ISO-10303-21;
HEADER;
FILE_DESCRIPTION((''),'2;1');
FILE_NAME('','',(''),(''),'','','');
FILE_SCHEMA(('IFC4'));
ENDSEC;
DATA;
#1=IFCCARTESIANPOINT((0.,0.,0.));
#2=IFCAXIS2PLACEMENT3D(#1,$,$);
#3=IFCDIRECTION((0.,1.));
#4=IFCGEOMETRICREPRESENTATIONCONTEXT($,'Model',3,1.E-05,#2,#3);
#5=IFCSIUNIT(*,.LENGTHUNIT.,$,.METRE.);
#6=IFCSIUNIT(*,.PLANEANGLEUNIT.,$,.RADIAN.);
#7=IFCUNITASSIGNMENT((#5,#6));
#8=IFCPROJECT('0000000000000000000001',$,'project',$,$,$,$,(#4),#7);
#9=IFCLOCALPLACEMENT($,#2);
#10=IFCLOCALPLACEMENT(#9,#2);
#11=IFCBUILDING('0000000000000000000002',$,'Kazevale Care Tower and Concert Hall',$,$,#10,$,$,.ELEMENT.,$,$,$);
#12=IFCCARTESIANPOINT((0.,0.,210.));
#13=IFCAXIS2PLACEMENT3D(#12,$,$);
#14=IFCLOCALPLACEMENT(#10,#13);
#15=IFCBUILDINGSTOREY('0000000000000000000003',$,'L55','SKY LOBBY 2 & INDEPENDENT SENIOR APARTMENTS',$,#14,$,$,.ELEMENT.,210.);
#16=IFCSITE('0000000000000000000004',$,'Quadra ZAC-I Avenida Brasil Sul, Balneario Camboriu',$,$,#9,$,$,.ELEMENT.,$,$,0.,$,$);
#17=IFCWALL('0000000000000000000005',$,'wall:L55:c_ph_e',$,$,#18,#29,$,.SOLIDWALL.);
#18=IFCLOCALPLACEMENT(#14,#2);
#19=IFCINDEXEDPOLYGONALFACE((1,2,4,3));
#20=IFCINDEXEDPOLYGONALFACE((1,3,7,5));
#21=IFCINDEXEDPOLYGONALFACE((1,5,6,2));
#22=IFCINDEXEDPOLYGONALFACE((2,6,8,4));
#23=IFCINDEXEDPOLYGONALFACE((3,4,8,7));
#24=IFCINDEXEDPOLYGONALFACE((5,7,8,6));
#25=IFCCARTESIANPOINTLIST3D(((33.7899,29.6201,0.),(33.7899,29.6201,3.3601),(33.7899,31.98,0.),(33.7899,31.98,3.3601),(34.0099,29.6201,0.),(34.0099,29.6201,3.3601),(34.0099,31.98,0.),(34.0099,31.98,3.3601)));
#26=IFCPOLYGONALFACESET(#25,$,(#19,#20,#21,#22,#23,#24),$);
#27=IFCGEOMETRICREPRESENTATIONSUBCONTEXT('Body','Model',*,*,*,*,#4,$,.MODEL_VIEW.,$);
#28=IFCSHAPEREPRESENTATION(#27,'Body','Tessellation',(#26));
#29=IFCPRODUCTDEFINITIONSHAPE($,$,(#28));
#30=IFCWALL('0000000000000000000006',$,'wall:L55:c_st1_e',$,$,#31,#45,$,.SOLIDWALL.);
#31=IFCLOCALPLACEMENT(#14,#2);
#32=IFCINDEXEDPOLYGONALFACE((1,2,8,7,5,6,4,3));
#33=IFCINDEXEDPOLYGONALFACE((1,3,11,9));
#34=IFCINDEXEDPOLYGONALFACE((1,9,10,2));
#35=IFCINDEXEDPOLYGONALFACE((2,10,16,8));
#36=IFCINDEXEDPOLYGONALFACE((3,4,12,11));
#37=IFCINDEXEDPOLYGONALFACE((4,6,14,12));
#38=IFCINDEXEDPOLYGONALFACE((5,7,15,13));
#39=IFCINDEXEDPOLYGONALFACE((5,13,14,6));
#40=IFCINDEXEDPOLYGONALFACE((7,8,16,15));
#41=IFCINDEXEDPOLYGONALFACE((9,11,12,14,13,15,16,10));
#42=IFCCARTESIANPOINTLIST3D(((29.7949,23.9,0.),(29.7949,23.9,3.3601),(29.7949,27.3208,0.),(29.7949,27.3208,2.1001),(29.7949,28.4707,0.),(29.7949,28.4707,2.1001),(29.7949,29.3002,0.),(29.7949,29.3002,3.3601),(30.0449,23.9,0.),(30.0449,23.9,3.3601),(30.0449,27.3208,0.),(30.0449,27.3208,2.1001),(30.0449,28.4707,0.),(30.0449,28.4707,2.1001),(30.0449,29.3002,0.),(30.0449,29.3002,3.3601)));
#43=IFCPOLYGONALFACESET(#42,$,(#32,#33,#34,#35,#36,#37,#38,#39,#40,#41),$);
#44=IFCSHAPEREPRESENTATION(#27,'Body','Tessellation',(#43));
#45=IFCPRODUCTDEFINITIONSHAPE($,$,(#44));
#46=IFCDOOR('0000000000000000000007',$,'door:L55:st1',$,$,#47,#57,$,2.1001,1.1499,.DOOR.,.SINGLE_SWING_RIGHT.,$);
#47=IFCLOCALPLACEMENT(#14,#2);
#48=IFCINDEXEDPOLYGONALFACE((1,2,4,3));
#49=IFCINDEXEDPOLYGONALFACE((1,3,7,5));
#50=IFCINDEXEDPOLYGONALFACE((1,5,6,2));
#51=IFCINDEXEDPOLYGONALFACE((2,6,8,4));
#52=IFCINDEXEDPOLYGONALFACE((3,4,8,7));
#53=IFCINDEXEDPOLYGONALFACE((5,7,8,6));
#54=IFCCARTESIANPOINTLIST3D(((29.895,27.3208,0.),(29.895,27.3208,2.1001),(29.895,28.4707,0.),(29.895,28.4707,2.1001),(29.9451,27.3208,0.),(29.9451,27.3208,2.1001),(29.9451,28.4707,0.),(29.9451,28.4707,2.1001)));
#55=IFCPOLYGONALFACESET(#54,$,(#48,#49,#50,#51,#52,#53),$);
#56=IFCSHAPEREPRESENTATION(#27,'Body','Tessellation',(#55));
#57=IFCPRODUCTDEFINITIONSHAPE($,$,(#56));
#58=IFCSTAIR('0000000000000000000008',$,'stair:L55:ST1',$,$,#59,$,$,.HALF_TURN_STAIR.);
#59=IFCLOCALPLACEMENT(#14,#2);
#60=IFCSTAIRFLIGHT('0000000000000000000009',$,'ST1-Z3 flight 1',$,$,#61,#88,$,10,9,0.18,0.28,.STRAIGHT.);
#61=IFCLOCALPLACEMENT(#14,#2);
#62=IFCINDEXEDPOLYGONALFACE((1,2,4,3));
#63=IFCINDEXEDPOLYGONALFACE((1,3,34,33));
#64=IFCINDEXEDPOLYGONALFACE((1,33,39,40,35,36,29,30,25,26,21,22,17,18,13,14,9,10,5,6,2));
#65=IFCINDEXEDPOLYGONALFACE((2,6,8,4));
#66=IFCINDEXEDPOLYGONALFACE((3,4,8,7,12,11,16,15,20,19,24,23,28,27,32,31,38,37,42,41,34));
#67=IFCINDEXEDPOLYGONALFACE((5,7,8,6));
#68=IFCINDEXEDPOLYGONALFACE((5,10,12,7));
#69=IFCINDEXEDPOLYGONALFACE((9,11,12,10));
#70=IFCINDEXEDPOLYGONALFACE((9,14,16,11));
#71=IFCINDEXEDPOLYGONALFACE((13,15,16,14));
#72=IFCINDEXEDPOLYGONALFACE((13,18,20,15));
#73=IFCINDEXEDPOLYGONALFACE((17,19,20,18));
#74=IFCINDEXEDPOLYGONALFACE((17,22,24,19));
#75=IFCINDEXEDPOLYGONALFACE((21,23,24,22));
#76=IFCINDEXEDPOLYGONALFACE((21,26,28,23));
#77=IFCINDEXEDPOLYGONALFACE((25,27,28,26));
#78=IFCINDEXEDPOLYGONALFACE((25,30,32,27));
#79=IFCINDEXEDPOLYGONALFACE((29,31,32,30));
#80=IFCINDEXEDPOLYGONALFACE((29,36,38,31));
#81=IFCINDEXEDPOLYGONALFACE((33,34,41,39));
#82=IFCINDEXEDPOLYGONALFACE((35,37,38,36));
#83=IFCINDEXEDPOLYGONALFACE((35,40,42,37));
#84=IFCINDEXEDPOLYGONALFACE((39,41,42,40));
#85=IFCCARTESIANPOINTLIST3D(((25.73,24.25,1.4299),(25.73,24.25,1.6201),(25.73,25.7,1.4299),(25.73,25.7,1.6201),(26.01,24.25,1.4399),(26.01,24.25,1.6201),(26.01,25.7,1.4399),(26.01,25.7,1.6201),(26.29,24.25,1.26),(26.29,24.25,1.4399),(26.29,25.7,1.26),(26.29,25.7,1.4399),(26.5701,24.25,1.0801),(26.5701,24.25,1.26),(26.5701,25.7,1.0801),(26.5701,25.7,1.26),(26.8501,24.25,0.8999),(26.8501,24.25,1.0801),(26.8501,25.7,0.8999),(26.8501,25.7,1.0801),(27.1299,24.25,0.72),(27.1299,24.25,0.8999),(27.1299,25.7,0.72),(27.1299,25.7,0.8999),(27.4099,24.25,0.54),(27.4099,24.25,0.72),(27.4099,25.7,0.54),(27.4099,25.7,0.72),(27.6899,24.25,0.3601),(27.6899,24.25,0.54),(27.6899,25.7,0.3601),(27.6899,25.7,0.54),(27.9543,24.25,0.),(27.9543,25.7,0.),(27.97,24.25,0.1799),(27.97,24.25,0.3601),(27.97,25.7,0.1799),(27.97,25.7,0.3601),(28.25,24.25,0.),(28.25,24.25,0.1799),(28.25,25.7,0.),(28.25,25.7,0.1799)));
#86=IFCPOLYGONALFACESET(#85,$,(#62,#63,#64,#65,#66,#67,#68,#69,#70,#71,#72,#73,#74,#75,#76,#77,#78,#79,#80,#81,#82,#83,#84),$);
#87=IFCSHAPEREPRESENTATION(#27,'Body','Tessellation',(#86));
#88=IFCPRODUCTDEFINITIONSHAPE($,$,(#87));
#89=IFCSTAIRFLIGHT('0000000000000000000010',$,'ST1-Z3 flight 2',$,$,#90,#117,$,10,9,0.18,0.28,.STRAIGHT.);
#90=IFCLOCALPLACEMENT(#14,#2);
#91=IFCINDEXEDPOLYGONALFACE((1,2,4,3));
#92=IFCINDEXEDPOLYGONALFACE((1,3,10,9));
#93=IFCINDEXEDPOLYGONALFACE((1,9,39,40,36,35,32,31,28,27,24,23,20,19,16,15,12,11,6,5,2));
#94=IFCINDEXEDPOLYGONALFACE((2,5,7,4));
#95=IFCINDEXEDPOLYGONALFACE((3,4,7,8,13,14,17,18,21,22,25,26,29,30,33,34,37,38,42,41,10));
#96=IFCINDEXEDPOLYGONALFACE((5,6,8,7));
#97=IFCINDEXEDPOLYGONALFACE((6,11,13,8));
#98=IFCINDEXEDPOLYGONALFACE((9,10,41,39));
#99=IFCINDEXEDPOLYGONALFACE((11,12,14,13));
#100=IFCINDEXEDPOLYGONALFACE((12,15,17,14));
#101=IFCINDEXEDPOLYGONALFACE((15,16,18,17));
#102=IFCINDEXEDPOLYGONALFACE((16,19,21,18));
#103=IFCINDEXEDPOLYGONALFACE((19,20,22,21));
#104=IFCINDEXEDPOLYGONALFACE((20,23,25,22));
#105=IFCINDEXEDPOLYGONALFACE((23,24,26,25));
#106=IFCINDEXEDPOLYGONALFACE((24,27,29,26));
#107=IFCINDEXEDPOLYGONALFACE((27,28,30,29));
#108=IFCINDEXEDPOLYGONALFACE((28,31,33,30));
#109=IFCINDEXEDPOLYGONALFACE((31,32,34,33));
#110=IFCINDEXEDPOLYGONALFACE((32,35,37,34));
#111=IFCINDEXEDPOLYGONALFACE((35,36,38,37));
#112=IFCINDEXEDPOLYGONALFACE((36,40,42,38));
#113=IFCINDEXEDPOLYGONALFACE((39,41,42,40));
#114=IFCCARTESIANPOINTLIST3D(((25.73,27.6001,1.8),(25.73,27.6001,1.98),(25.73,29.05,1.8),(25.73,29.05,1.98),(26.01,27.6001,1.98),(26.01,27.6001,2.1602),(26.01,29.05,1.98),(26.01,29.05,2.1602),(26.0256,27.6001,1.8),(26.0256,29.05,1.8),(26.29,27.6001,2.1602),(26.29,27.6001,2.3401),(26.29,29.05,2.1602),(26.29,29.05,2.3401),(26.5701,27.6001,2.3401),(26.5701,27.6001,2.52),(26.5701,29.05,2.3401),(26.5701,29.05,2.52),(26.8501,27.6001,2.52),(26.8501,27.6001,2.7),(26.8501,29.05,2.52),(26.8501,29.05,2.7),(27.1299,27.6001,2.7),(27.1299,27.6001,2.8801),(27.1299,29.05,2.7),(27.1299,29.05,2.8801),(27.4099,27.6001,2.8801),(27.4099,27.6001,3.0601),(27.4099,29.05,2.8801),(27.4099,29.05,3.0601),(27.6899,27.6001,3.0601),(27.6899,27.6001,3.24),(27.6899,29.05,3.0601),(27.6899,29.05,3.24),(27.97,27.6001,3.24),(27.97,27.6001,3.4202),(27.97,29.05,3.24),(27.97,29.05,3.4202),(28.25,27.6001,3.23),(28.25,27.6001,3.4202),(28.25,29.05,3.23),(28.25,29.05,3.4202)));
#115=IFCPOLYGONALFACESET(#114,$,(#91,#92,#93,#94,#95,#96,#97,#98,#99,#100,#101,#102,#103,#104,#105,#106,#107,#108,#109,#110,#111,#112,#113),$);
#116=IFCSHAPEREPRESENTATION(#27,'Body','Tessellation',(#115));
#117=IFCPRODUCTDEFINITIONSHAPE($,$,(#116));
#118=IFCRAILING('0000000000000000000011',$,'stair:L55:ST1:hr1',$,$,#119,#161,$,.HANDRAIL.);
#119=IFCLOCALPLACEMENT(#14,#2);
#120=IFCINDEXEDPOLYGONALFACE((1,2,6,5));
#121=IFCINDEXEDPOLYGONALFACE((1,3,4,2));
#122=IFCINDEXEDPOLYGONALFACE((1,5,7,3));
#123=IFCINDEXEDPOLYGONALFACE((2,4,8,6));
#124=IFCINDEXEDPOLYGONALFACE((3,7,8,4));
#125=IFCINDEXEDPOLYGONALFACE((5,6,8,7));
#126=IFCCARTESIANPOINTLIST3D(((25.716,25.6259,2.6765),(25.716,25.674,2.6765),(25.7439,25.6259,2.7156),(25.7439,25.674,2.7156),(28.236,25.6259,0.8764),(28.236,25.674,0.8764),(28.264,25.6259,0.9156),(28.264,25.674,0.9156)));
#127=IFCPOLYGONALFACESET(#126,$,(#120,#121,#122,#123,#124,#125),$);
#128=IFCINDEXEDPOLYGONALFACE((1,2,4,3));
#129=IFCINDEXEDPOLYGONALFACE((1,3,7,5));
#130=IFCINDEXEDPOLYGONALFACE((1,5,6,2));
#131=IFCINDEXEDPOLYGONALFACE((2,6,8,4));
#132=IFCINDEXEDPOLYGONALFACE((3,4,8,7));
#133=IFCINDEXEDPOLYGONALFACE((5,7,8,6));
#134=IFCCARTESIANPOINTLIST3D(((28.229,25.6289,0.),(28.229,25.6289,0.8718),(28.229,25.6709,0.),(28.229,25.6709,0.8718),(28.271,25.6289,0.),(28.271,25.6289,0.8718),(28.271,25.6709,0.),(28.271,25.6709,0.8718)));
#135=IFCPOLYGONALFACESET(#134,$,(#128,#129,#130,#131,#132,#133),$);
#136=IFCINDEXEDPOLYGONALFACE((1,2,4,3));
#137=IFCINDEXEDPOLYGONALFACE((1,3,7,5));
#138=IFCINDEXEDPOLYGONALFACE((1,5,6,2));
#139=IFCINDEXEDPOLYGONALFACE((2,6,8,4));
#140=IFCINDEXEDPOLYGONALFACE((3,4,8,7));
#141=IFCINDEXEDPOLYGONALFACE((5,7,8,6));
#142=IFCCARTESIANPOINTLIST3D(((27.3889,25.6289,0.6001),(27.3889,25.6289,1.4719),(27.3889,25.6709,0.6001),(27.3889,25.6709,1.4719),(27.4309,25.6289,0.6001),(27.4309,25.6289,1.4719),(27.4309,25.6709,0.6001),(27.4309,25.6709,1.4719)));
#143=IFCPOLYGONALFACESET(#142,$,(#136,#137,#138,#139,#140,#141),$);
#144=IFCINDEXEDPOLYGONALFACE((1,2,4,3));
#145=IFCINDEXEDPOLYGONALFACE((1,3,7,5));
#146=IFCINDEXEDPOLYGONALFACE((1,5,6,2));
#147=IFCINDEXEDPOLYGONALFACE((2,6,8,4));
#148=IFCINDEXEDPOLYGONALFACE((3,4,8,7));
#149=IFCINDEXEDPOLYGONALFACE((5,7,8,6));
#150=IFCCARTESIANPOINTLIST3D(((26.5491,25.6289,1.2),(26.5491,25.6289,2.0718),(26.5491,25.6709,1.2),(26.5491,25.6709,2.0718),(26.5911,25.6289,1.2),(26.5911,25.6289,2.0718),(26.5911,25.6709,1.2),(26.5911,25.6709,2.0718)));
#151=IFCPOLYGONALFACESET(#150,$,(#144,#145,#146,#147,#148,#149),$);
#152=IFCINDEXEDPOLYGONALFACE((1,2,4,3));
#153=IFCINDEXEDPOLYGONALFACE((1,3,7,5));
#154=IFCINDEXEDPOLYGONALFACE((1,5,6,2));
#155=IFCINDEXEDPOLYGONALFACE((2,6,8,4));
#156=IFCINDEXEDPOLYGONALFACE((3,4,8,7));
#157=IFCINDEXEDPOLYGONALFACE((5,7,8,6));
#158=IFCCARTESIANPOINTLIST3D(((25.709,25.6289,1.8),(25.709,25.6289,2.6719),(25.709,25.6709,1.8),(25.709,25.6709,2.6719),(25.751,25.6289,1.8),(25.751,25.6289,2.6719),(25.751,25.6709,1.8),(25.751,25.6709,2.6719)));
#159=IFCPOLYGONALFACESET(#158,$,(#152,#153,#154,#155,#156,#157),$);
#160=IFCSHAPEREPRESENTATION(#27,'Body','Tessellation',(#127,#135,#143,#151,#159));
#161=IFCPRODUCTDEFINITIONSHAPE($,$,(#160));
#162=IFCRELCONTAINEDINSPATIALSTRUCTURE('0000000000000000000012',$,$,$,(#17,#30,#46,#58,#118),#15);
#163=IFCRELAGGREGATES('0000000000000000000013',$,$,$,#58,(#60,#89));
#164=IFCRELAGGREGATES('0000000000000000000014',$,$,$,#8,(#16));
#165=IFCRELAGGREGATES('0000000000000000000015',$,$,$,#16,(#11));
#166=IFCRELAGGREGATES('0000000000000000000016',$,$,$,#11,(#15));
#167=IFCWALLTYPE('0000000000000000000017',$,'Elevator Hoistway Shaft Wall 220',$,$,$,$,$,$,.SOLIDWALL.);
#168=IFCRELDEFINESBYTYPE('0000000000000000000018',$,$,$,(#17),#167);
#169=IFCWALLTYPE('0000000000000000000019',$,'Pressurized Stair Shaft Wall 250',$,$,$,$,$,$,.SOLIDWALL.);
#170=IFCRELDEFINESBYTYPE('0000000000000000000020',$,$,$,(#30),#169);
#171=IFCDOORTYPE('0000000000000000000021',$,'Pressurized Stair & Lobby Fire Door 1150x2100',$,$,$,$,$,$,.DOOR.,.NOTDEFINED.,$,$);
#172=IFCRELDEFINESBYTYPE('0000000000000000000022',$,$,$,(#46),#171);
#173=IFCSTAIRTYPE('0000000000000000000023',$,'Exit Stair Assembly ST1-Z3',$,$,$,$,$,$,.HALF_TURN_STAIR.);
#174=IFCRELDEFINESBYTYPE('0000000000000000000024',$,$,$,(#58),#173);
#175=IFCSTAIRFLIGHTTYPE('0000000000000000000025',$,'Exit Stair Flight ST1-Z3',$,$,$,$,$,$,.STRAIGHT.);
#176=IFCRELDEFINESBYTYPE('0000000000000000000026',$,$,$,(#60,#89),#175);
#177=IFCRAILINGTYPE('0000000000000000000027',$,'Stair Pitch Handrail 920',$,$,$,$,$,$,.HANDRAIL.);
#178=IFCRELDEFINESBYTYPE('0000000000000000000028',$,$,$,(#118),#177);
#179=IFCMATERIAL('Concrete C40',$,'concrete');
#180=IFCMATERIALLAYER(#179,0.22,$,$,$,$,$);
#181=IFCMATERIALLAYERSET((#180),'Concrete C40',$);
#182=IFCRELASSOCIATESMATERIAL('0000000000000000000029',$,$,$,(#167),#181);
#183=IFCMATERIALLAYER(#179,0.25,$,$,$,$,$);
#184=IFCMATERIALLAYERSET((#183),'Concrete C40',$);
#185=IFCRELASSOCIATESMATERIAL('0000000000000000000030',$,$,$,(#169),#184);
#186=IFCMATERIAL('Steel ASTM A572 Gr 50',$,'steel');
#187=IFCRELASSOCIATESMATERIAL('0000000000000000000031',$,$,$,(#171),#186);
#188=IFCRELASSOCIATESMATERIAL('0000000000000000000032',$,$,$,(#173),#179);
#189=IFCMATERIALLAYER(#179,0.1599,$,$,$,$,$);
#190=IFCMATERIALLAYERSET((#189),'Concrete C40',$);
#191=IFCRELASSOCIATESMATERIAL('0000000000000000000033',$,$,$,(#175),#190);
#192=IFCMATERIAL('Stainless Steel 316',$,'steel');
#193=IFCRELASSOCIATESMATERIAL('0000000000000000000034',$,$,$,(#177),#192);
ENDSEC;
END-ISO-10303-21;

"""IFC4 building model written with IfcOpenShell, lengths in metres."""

from ifc_helpers import new_model, si_unit, direction, frame, frame_2d, origin, origin_2d, place, context, subcontext, project, spatial, polyline, rectangle, outline, extrude, material, layer, layer_set, type_object, element, fill, aggregate, save


model = new_model("IFC4")

# Units and contexts
model_context = context("Model", 3, precision=1e-05, world=origin(), true_north=direction((0.0, 1.0)))
body_context = subcontext(model_context, "Body", "Model", "MODEL_VIEW")
ifc_project = project(units=[si_unit("LENGTHUNIT", "METRE"), si_unit("PLANEANGLEUNIT", "RADIAN")], contexts=[model_context])

# Site, building, storey
site_placement = place(None, origin())
site = spatial("IfcSite", under=ifc_project, at=site_placement, Name="Quadra ZAC-I Avenida Brasil Sul, Balneario Camboriu", CompositionType="ELEMENT", RefElevation=0.0)
building_placement = place(site_placement, origin())
building = spatial("IfcBuilding", under=site, at=building_placement, Name="Kazevale Care Tower and Concert Hall", CompositionType="ELEMENT")
storey_placement = place(building_placement, frame((0.0, 0.0, 210.0)))
storey = spatial("IfcBuildingStorey", under=building, at=storey_placement, Name="L55", Description="SKY LOBBY 2 & INDEPENDENT SENIOR APARTMENTS", CompositionType="ELEMENT", Elevation=210.0)

# Shared definitions
ifc_material_1 = material(Name="Steel ASTM A572 Gr 50", Category="steel")

# Shared definitions
ifc_material_2 = material(Name="Concrete C40", Category="concrete")
ifc_layer_1 = layer(ifc_material_2, 0.22)
ifc_layer_set_1 = layer_set([ifc_layer_1], Name="Concrete C40")
wall_type_1 = type_object("IfcWallType", Name="Elevator Hoistway Shaft Wall 220", PredefinedType="SOLIDWALL", material=ifc_layer_set_1)
ifc_material_3 = material(Name="Stainless Steel 316", Category="steel")

# Wall
for number, where, z_axis, x_axis, name in (
    (1, (33.8999, 29.6201, 0.0), (0.0, 0.0, 1.0), (0.0, 1.0, 0.0), "wall:L55:c_ph_e"),
):
    element("IfcWall", number, at=place(storey_placement, frame(where, z_axis=z_axis, x_axis=x_axis)), inside=storey, type_object=wall_type_1, Name=name, PredefinedType="SOLIDWALL", context=body_context, shape_type="SweptSolid", body=[
        extrude(rectangle(XDim=2.3599, YDim=0.22, at=frame_2d((1.1799, 0.0))), origin(), (0.0, 0.0, 1.0), 3.3601),
    ])

# Wall, opening, door
ifc_layer_2 = layer(ifc_material_2, 0.25)
ifc_layer_set_2 = layer_set([ifc_layer_2], Name="Concrete C40")
wall_type_2 = type_object("IfcWallType", Name="Pressurized Stair Shaft Wall 250", PredefinedType="SOLIDWALL", material=ifc_layer_set_2)
wall_1_placement = place(storey_placement, frame((29.9199, 23.8999, 0.0), z_axis=(0.0, 0.0, 1.0), x_axis=(0.0, 1.0, 0.0)))
wall_1 = element("IfcWall", 2, at=wall_1_placement, inside=storey, type_object=wall_type_2, Name="wall:L55:c_st1_e", PredefinedType="SOLIDWALL", context=body_context, shape_type="SweptSolid", body=[
    extrude(rectangle(XDim=5.4001, YDim=0.25, at=frame_2d((2.7002, 0.0))), origin(), (0.0, 0.0, 1.0), 3.3601),
])
opening_1_placement = place(wall_1_placement, frame((3.4209, 0.0, 0.0)))
opening_1 = element("IfcOpeningElement", 3, at=opening_1_placement, cuts=wall_1, PredefinedType="OPENING", context=body_context, shape_type="SweptSolid", body=[
    extrude(rectangle(XDim=1.1499, YDim=2.1001, at=frame_2d((0.575, 1.05))), frame((0.0, 0.135, 0.0), z_axis=(0.0, -1.0, 0.0), x_axis=(1.0, 0.0, 0.0)), (0.0, 0.0, 1.0), 0.27),
])
door_type_1 = type_object("IfcDoorType", Name="Pressurized Stair & Lobby Fire Door 1150x2100", OperationType="NOTDEFINED", PredefinedType="DOOR", material=ifc_material_1)
door_1_placement = place(opening_1_placement, origin())
door_1 = element("IfcDoor", 4, at=door_1_placement, inside=storey, type_object=door_type_1, Name="door:L55:st1", OperationType="SINGLE_SWING_RIGHT", OverallHeight=2.1001, OverallWidth=1.1499, PredefinedType="DOOR", context=body_context, shape_type="SweptSolid", body=[
    extrude(rectangle(XDim=1.1499, YDim=2.1001, at=frame_2d((0.575, 1.05))), frame((0.0, 0.0249, 0.0), z_axis=(0.0, -1.0, 0.0), x_axis=(1.0, 0.0, 0.0)), (0.0, 0.0, 1.0), 0.05),
])
fill(opening_1, door_1)

# Stair, stair flights
stair_type = type_object("IfcStairType", Name="Exit Stair Assembly ST1-Z3", PredefinedType="HALF_TURN_STAIR", material=ifc_material_2)
stair_placement = place(storey_placement, origin())
stair = element("IfcStair", 5, at=stair_placement, inside=storey, type_object=stair_type, Name="stair:L55:ST1", PredefinedType="HALF_TURN_STAIR")
ifc_layer_3 = layer(ifc_material_2, 0.1599)
ifc_layer_set_3 = layer_set([ifc_layer_3], Name="Concrete C40")
stair_flight_type = type_object("IfcStairFlightType", Name="Exit Stair Flight ST1-Z3", PredefinedType="STRAIGHT", material=ifc_layer_set_3)
stair_flight_1_placement = place(storey_placement, frame((28.25, 24.9751, 0.0), z_axis=(0.0, 0.0, 1.0), x_axis=(-1.0, 0.0, 0.0)))
stair_flight_1 = element("IfcStairFlight", 6, at=stair_flight_1_placement, type_object=stair_flight_type, Name="ST1-Z3 flight 1", NumberOfRisers=10, NumberOfTreads=9, PredefinedType="STRAIGHT", RiserHeight=0.18, TreadLength=0.28, context=body_context, shape_type="SweptSolid", body=[
    extrude(outline(polyline([(0.0, 0.0), (0.0, 0.1799), (0.28, 0.1799), (0.28, 0.3601), (0.5601, 0.3601), (0.5601, 0.54), (0.8401, 0.54), (0.8401, 0.72), (1.1201, 0.72), (1.1201, 0.8999), (1.3999, 0.8999), (1.3999, 1.0801), (1.6799, 1.0801), (1.6799, 1.26), (1.96, 1.26), (1.96, 1.4399), (2.24, 1.4399), (2.24, 1.6201), (2.52, 1.6201), (2.52, 1.8), (2.52, 1.4299), (0.2957, 0.0), (0.0, 0.0)])), frame((0.0, 0.7251, 0.0), z_axis=(0.0, -1.0, 0.0), x_axis=(1.0, 0.0, 0.0)), (0.0, 0.0, 1.0), 1.45),
])
stair_flight_2_placement = place(storey_placement, frame((25.73, 28.325, 1.8), z_axis=(0.0, 0.0, 1.0), x_axis=(1.0, 0.0, 0.0)))
stair_flight_2 = element("IfcStairFlight", 7, at=stair_flight_2_placement, type_object=stair_flight_type, Name="ST1-Z3 flight 2", NumberOfRisers=10, NumberOfTreads=9, PredefinedType="STRAIGHT", RiserHeight=0.18, TreadLength=0.28, context=body_context, shape_type="SweptSolid", body=[
    extrude(outline(polyline([(0.0, 0.0), (0.0, 0.1799), (0.28, 0.1799), (0.28, 0.3601), (0.5601, 0.3601), (0.5601, 0.54), (0.8401, 0.54), (0.8401, 0.72), (1.1201, 0.72), (1.1201, 0.8999), (1.3999, 0.8999), (1.3999, 1.0801), (1.6799, 1.0801), (1.6799, 1.26), (1.96, 1.26), (1.96, 1.4399), (2.24, 1.4399), (2.24, 1.6201), (2.52, 1.6201), (2.52, 1.8), (2.52, 1.4299), (0.2957, 0.0), (0.0, 0.0)])), frame((0.0, 0.7251, 0.0), z_axis=(0.0, -1.0, 0.0), x_axis=(1.0, 0.0, 0.0)), (0.0, 0.0, 1.0), 1.45),
])
aggregate(stair, [stair_flight_1, stair_flight_2])

# Railing
railing_type_1 = type_object("IfcRailingType", Name="Stair Pitch Handrail 920", PredefinedType="HANDRAIL", material=ifc_material_3)
railing_1_placement = place(storey_placement, frame((28.25, 25.6499, 0.0)))
element("IfcRailing", 8, at=railing_1_placement, inside=storey, type_object=railing_type_1, Name="stair:L55:ST1:hr1", PredefinedType="HANDRAIL", context=body_context, shape_type="SweptSolid", body=[
    extrude(rectangle(XDim=0.0481, YDim=0.0481, at=origin_2d()), frame((0.0, 0.0, 0.896), z_axis=(-0.813728, 0.0, 0.581246), x_axis=(0.0, -1.0, 0.0)), (0.0, 0.0, 1.0), 3.0969),
    extrude(rectangle(XDim=0.042, YDim=0.042, at=origin_2d()), origin(), (0.0, 0.0, 1.0), 0.8718),
    extrude(rectangle(XDim=0.042, YDim=0.042, at=origin_2d()), frame((-0.8401, 0.0, 0.6001)), (0.0, 0.0, 1.0), 0.8718),
    extrude(rectangle(XDim=0.042, YDim=0.042, at=origin_2d()), frame((-1.6799, 0.0, 1.2)), (0.0, 0.0, 1.0), 0.8718),
    extrude(rectangle(XDim=0.042, YDim=0.042, at=origin_2d()), frame((-2.52, 0.0, 1.8)), (0.0, 0.0, 1.0), 0.8718),
])

save(model, "model.ifc")
